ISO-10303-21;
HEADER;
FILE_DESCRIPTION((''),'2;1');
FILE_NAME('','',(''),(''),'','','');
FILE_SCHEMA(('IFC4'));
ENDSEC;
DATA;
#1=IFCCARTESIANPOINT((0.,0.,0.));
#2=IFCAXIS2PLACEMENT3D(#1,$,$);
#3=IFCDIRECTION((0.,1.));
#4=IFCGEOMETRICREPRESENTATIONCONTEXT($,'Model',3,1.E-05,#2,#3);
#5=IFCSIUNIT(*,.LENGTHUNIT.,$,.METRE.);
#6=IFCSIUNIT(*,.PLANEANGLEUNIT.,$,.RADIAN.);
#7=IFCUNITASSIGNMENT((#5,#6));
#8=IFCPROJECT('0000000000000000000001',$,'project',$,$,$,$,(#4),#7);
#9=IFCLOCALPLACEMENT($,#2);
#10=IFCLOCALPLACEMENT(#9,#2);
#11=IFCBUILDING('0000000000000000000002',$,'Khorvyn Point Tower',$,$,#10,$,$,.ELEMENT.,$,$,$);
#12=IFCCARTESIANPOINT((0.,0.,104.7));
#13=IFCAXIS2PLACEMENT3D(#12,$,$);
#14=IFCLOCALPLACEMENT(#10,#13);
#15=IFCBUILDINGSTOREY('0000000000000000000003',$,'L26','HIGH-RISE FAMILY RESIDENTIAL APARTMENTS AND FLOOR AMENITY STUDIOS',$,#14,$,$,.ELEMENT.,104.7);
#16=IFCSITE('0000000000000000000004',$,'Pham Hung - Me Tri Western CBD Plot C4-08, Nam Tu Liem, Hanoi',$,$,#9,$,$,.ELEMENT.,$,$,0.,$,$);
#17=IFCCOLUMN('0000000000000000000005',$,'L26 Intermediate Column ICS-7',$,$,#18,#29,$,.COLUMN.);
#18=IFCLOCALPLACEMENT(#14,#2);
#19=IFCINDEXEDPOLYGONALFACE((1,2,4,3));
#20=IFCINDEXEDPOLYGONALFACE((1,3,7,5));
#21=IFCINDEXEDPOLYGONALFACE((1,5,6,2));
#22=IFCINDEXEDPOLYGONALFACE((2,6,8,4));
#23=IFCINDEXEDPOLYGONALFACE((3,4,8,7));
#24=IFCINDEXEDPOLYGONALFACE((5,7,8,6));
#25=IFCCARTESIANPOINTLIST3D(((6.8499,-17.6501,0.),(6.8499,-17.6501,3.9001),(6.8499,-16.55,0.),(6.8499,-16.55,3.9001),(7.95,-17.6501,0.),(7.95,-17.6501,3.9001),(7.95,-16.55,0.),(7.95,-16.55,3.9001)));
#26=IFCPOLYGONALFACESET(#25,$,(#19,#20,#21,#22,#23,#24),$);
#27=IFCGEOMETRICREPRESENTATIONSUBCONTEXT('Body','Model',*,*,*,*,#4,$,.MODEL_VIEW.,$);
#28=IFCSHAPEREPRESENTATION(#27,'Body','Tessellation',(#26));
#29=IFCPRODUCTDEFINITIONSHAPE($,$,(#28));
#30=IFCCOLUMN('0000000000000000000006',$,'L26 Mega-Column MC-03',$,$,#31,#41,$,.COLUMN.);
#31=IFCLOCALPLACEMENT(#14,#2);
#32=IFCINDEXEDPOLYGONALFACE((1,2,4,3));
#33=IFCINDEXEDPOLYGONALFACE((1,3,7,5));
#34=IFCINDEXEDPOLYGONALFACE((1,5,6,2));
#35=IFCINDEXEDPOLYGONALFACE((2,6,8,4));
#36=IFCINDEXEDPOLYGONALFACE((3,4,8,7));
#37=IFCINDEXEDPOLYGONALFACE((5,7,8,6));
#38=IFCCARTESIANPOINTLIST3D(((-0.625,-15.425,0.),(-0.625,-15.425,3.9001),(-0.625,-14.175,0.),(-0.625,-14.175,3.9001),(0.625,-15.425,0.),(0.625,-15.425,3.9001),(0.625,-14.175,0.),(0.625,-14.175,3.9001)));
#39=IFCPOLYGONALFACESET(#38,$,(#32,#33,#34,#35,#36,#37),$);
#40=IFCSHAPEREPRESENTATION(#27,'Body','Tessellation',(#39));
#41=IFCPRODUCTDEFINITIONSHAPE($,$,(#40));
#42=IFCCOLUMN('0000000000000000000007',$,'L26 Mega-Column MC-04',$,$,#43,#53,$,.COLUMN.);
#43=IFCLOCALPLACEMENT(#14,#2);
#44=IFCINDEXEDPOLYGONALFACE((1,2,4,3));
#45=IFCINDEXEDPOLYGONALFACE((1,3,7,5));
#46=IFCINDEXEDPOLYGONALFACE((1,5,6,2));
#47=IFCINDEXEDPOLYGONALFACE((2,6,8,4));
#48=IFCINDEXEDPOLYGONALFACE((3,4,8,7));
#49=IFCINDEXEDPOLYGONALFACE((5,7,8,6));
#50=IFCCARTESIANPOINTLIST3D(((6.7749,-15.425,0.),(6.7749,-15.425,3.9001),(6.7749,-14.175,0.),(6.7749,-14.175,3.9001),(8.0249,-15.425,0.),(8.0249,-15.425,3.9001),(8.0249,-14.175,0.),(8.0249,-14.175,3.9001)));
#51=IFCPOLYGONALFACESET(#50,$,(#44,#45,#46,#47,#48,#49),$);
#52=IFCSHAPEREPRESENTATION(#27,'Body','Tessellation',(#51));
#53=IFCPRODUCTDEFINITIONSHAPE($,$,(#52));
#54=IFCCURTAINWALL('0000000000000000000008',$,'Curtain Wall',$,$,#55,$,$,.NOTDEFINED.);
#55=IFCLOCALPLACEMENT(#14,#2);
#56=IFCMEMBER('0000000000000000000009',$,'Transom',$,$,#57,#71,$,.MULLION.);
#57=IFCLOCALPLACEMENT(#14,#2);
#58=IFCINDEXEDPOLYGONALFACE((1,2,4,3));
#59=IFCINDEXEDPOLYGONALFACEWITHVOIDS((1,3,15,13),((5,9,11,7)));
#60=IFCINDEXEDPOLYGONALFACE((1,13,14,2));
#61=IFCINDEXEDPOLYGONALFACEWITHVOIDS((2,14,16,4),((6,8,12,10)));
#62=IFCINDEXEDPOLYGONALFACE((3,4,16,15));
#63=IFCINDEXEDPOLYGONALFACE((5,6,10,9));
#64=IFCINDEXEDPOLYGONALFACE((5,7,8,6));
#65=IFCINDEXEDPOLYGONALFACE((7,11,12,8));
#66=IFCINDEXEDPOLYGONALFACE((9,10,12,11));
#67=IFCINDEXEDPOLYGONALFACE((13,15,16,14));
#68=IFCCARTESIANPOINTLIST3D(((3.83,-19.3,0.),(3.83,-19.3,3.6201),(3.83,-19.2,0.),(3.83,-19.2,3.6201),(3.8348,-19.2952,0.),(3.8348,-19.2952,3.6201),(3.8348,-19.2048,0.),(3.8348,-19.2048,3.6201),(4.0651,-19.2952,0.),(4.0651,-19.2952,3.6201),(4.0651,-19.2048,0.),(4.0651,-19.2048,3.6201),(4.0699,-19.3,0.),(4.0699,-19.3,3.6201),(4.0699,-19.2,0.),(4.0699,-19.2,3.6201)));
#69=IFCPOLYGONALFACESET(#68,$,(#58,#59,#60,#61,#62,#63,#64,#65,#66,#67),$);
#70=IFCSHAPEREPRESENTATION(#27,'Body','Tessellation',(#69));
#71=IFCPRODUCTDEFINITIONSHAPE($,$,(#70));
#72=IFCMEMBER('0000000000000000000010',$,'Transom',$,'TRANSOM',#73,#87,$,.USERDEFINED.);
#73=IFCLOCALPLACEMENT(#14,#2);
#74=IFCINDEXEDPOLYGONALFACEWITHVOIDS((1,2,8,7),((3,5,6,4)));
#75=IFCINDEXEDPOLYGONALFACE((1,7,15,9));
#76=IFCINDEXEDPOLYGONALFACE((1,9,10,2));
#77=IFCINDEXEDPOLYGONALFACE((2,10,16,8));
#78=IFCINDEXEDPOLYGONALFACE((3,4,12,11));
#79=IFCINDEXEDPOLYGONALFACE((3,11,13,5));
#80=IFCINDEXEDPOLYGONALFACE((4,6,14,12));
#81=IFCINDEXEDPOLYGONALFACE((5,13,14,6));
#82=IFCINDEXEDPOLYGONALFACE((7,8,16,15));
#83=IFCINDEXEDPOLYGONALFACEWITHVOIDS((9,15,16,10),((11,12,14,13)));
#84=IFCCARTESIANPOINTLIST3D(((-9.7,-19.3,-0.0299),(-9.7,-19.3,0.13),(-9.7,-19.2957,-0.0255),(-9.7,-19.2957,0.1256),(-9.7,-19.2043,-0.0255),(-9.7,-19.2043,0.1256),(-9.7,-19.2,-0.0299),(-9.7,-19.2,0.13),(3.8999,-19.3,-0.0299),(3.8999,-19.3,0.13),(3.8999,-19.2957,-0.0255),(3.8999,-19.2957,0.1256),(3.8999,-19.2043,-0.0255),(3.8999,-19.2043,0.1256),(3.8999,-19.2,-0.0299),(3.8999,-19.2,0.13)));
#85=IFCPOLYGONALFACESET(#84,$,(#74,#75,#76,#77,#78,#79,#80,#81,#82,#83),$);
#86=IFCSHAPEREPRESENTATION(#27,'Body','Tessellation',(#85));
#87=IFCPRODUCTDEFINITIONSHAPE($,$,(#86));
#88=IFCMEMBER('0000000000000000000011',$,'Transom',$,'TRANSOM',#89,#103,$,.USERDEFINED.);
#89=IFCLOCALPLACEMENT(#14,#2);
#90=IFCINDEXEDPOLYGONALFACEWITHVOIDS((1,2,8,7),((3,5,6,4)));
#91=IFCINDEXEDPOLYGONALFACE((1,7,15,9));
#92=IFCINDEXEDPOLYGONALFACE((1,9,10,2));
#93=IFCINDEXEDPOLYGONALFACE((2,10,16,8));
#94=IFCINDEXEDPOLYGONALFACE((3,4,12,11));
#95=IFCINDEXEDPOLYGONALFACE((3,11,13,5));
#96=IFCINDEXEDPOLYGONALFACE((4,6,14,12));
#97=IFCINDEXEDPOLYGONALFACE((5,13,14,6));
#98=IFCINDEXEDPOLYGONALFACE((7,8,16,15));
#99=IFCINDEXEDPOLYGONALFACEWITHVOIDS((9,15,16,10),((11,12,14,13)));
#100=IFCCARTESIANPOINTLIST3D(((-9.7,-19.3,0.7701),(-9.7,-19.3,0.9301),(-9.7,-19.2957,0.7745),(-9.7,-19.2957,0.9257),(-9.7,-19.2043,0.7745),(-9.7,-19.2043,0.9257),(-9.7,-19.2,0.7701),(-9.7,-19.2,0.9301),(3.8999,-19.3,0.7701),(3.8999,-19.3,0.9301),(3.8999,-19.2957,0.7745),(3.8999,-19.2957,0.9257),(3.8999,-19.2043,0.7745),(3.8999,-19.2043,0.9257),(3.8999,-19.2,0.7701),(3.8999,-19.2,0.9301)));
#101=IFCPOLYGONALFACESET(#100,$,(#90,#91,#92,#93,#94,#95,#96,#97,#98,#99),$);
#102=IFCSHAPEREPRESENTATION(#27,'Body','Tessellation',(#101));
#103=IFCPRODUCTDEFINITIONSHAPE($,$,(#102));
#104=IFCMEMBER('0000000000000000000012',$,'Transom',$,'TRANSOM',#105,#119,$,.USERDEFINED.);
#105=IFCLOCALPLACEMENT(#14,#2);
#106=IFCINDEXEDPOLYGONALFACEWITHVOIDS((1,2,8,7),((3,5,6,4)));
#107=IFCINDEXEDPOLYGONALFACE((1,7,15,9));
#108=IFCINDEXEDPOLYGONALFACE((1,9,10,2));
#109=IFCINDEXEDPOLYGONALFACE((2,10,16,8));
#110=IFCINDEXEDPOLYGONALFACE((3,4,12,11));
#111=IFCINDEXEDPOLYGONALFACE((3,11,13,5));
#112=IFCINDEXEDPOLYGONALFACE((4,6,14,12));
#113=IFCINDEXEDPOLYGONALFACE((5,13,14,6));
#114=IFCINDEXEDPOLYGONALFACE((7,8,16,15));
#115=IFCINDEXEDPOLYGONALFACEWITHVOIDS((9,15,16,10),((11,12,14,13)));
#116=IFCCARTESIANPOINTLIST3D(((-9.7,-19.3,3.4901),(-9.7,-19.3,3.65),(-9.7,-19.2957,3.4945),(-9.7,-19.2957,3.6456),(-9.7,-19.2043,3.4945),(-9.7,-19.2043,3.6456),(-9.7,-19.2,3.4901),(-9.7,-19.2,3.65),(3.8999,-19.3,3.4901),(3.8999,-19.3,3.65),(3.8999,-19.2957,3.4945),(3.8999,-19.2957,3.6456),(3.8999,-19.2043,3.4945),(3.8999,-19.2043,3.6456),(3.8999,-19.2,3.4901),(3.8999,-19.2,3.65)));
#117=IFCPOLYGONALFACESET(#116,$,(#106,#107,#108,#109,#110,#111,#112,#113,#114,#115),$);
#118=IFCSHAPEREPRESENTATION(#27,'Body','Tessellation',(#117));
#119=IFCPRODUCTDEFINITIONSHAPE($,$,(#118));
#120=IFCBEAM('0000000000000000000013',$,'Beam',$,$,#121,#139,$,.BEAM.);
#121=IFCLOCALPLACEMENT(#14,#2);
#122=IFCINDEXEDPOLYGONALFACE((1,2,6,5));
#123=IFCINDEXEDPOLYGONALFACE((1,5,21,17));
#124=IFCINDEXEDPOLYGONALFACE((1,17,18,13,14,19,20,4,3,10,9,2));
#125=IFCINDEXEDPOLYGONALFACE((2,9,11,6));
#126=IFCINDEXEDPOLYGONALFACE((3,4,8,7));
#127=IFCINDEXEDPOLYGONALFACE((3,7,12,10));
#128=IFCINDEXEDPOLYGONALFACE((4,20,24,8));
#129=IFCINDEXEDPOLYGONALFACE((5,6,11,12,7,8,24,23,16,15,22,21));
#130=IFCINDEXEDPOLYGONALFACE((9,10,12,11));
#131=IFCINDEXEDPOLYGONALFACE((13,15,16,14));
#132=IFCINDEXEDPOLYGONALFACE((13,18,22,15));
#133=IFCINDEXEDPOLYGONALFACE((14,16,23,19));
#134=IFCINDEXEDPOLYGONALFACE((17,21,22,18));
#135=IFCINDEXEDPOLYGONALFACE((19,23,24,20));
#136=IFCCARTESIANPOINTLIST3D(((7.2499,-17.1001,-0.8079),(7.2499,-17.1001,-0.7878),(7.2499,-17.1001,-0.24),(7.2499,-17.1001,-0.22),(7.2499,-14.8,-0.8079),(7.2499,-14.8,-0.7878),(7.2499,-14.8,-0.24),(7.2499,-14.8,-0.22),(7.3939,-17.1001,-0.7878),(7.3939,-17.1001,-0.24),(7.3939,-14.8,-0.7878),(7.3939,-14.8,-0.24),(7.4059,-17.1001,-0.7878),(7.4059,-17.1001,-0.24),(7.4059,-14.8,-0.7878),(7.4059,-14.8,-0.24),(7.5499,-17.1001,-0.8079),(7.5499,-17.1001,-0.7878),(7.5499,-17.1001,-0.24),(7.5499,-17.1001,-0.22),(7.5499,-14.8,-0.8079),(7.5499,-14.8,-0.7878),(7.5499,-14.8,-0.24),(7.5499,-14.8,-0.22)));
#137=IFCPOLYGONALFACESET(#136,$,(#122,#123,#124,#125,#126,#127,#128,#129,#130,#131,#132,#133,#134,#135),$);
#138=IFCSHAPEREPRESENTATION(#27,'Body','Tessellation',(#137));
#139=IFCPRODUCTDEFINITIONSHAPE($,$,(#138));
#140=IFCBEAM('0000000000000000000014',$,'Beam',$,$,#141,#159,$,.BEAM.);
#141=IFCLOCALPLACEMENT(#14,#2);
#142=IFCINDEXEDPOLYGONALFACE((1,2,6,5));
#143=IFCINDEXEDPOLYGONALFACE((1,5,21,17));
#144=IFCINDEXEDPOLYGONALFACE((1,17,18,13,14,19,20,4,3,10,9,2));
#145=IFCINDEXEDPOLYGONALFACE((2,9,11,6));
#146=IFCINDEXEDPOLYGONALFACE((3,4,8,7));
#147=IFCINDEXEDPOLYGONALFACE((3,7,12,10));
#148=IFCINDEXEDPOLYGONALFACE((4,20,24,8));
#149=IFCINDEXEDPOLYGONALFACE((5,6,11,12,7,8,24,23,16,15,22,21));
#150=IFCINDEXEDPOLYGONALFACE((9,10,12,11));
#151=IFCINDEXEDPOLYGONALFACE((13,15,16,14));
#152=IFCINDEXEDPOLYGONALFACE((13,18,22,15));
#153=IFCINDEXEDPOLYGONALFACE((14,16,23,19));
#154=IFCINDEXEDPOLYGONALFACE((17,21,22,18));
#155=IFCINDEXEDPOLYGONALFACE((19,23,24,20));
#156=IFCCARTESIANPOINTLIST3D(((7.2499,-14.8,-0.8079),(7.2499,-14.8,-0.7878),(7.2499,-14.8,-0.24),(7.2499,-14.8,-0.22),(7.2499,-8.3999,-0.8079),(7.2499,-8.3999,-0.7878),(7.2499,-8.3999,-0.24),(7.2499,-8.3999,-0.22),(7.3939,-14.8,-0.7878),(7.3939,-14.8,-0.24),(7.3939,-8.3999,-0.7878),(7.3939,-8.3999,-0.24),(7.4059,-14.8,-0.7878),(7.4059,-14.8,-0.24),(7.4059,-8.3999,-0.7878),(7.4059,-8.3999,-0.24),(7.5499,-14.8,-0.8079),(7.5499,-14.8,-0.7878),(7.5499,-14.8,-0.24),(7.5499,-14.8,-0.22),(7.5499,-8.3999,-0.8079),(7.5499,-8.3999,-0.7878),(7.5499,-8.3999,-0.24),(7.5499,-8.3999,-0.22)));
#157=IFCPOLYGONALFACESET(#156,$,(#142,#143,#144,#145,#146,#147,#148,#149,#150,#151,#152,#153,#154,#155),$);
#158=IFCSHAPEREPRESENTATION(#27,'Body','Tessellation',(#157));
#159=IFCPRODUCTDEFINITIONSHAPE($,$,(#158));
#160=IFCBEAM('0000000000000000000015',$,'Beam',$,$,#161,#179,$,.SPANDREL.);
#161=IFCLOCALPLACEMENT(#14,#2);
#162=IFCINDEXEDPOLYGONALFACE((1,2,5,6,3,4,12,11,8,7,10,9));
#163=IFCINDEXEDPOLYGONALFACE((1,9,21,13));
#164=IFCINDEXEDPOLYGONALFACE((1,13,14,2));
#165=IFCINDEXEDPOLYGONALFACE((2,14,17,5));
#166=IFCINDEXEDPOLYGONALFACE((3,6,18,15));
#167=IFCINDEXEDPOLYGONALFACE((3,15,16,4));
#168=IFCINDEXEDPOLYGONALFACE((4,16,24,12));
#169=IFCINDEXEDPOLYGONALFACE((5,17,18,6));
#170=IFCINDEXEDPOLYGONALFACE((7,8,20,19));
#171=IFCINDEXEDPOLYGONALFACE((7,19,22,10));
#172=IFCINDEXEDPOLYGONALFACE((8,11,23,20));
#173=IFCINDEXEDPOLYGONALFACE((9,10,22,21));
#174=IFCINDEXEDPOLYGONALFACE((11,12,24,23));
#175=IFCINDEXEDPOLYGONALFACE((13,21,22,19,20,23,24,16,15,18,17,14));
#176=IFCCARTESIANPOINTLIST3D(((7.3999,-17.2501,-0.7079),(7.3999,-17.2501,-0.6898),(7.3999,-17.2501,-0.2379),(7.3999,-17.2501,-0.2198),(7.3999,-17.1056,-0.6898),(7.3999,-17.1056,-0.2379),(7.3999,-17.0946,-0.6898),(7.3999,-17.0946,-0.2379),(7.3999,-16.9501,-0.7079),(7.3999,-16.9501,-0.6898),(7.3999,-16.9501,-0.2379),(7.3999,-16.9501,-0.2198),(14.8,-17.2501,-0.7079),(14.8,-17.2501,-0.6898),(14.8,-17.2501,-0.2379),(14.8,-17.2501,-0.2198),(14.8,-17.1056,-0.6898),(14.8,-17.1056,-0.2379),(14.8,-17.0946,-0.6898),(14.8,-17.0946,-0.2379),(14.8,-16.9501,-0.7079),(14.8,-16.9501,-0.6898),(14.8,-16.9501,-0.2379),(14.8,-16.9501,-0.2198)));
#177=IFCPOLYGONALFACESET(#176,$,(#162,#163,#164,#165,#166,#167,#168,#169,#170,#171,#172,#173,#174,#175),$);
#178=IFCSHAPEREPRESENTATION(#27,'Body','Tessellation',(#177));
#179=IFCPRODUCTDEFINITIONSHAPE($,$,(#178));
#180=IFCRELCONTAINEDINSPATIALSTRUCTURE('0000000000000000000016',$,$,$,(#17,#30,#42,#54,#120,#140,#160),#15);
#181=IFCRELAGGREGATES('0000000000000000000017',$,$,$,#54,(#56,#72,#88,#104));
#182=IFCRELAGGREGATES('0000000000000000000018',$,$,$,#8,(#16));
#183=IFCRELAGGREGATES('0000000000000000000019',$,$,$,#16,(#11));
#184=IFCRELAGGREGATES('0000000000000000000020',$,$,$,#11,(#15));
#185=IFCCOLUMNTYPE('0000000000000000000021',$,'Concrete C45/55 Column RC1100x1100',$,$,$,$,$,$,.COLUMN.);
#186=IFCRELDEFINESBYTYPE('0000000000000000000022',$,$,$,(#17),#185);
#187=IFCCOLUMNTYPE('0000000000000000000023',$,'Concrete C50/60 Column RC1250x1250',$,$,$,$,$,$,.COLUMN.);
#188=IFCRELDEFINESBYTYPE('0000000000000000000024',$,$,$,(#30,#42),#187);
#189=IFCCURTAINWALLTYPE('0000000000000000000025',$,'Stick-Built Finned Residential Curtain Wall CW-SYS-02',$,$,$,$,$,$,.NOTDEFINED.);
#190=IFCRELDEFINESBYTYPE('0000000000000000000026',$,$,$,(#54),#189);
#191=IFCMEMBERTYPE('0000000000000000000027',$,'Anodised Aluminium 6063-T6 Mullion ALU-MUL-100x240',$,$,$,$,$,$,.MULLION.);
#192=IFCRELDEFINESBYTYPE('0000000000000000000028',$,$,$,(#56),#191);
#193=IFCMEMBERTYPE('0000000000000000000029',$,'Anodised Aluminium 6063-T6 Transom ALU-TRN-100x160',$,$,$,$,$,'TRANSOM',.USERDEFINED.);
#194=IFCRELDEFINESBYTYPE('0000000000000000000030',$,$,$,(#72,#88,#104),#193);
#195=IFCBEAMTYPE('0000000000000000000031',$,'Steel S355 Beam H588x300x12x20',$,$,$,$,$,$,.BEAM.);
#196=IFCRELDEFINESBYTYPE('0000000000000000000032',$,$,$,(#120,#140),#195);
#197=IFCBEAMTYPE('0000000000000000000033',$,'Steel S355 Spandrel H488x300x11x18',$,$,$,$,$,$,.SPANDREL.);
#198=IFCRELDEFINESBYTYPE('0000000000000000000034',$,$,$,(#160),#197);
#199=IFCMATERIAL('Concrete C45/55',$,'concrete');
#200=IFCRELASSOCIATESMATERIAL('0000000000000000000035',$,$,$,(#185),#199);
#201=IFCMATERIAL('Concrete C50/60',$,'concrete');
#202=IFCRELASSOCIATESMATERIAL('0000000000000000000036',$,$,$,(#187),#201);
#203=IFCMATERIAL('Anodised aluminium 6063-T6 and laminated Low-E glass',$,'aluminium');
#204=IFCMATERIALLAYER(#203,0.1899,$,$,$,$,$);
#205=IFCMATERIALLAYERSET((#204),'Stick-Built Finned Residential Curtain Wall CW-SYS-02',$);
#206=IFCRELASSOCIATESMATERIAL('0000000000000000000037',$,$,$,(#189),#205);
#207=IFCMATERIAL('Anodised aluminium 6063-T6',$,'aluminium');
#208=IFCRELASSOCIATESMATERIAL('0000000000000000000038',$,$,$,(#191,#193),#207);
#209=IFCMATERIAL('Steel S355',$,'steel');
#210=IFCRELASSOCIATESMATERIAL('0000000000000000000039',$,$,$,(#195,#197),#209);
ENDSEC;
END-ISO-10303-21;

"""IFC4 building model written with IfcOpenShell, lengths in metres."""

from ifc_helpers import new_model, si_unit, direction, frame, origin, origin_2d, place, context, subcontext, project, spatial, rectangle, hollow_rectangle, i_section, extrude, material, layer, layer_set, material_profile, profile_set, type_object, element, aggregate, save


model = new_model("IFC4")

# Units and contexts
model_context = context("Model", 3, precision=1e-05, world=origin(), true_north=direction((0.0, 1.0)))
body_context = subcontext(model_context, "Body", "Model", "MODEL_VIEW")
ifc_project = project(units=[si_unit("LENGTHUNIT", "METRE"), si_unit("PLANEANGLEUNIT", "RADIAN")], contexts=[model_context])

# Site, building, storey
site_placement = place(None, origin())
site = spatial("IfcSite", under=ifc_project, at=site_placement, Name="Pham Hung - Me Tri Western CBD Plot C4-08, Nam Tu Liem, Hanoi", CompositionType="ELEMENT", RefElevation=0.0)
building_placement = place(site_placement, origin())
building = spatial("IfcBuilding", under=site, at=building_placement, Name="Khorvyn Point Tower", CompositionType="ELEMENT")
storey_placement = place(building_placement, frame((0.0, 0.0, 104.7)))
storey = spatial("IfcBuildingStorey", under=building, at=storey_placement, Name="L26", Description="HIGH-RISE FAMILY RESIDENTIAL APARTMENTS AND FLOOR AMENITY STUDIOS", CompositionType="ELEMENT", Elevation=104.7)

# Columns
ifc_material_1 = material(Name="Concrete C45/55", Category="concrete")
ifc_material_profile_1 = material_profile(ifc_material_1, rectangle(XDim=1.1001, YDim=1.1001, at=origin_2d()))
ifc_profile_set_1 = profile_set([ifc_material_profile_1], Name="Concrete C45/55 RC1100x1100")
column_type_1 = type_object("IfcColumnType", Name="Concrete C45/55 Column RC1100x1100", PredefinedType="COLUMN", material=ifc_profile_set_1)
column_placement = place(storey_placement, frame((7.3999, -17.1001, 0.0), z_axis=(0.0, 0.0, 1.0), x_axis=(1.0, 0.0, 0.0)))
element("IfcColumn", 1, at=column_placement, inside=storey, type_object=column_type_1, Name="L26 Intermediate Column ICS-7", PredefinedType="COLUMN", context=body_context, shape_type="SweptSolid", body=[
    extrude(rectangle(XDim=1.1001, YDim=1.1001, at=origin_2d()), origin(), (0.0, 0.0, 1.0), 3.9001),
])
ifc_material_2 = material(Name="Concrete C50/60", Category="concrete")
ifc_material_profile_2 = material_profile(ifc_material_2, rectangle(XDim=1.25, YDim=1.25, at=origin_2d()))
ifc_profile_set_2 = profile_set([ifc_material_profile_2], Name="Concrete C50/60 RC1250x1250")
column_type_2 = type_object("IfcColumnType", Name="Concrete C50/60 Column RC1250x1250", PredefinedType="COLUMN", material=ifc_profile_set_2)
for number, where, z_axis, x_axis, name in (
    (2, (0.0, -14.8, 0.0), (0.0, 0.0, 1.0), (1.0, 0.0, 0.0), "L26 Mega-Column MC-03"),
    (3, (7.3999, -14.8, 0.0), (0.0, 0.0, 1.0), (1.0, 0.0, 0.0), "L26 Mega-Column MC-04"),
):
    element("IfcColumn", number, at=place(storey_placement, frame(where, z_axis=z_axis, x_axis=x_axis)), inside=storey, type_object=column_type_2, Name=name, PredefinedType="COLUMN", context=body_context, shape_type="SweptSolid", body=[
        extrude(rectangle(XDim=1.25, YDim=1.25, at=origin_2d()), origin(), (0.0, 0.0, 1.0), 3.9001),
    ])

# Curtain wall, members
ifc_material_3 = material(Name="Anodised aluminium 6063-T6 and laminated Low-E glass", Category="aluminium")
ifc_layer_1 = layer(ifc_material_3, 0.1899)
ifc_layer_set_1 = layer_set([ifc_layer_1], Name="Stick-Built Finned Residential Curtain Wall CW-SYS-02")
curtain_wall_type = type_object("IfcCurtainWallType", Name="Stick-Built Finned Residential Curtain Wall CW-SYS-02", PredefinedType="NOTDEFINED", material=ifc_layer_set_1)
curtain_wall_placement = place(storey_placement, origin())
curtain_wall = element("IfcCurtainWall", 4, at=curtain_wall_placement, inside=storey, type_object=curtain_wall_type, Name="Curtain Wall", PredefinedType="NOTDEFINED")
ifc_material_4 = material(Name="Anodised aluminium 6063-T6", Category="aluminium")
ifc_material_profile_3 = material_profile(ifc_material_4, hollow_rectangle(XDim=0.1001, YDim=0.24, WallThickness=0.0049, at=origin_2d()))
ifc_profile_set_3 = profile_set([ifc_material_profile_3], Name="Anodised aluminium 6063-T6 ALU-MUL-100x240")
member_type_1 = type_object("IfcMemberType", Name="Anodised Aluminium 6063-T6 Mullion ALU-MUL-100x240", PredefinedType="MULLION", material=ifc_profile_set_3)
member_1_placement = place(storey_placement, frame((3.95, -19.25, 0.0), z_axis=(0.0, 0.0, 1.0), x_axis=(0.0, -1.0, 0.0)))
member_1 = element("IfcMember", 5, at=member_1_placement, type_object=member_type_1, Name="Transom", PredefinedType="MULLION", context=body_context, shape_type="SweptSolid", body=[
    extrude(hollow_rectangle(XDim=0.1001, YDim=0.24, WallThickness=0.0049, at=origin_2d()), origin(), (0.0, 0.0, 1.0), 3.6201),
])
ifc_material_profile_4 = material_profile(ifc_material_4, hollow_rectangle(XDim=0.1001, YDim=0.1599, WallThickness=0.0044, at=origin_2d()))
ifc_profile_set_4 = profile_set([ifc_material_profile_4], Name="Anodised aluminium 6063-T6 ALU-TRN-100x160")
member_type_2 = type_object("IfcMemberType", Name="Anodised Aluminium 6063-T6 Transom ALU-TRN-100x160", ElementType="TRANSOM", PredefinedType="USERDEFINED", material=ifc_profile_set_4)
member_2_placement = place(storey_placement, frame((3.8999, -19.25, 0.05), z_axis=(-1.0, 0.0, 0.0), x_axis=(0.0, -1.0, 0.0)))
member_2 = element("IfcMember", 6, at=member_2_placement, type_object=member_type_2, Name="Transom", ObjectType="TRANSOM", PredefinedType="USERDEFINED", context=body_context, shape_type="SweptSolid", body=[
    extrude(hollow_rectangle(XDim=0.1001, YDim=0.1599, WallThickness=0.0044, at=origin_2d()), origin(), (0.0, 0.0, 1.0), 13.5999),
])
member_3_placement = place(storey_placement, frame((3.8999, -19.25, 0.8501), z_axis=(-1.0, 0.0, 0.0), x_axis=(0.0, -1.0, 0.0)))
member_3 = element("IfcMember", 7, at=member_3_placement, type_object=member_type_2, Name="Transom", ObjectType="TRANSOM", PredefinedType="USERDEFINED", context=body_context, shape_type="SweptSolid", body=[
    extrude(hollow_rectangle(XDim=0.1001, YDim=0.1599, WallThickness=0.0044, at=origin_2d()), origin(), (0.0, 0.0, 1.0), 13.5999),
])
member_4_placement = place(storey_placement, frame((3.8999, -19.25, 3.5701), z_axis=(-1.0, 0.0, 0.0), x_axis=(0.0, -1.0, 0.0)))
member_4 = element("IfcMember", 8, at=member_4_placement, type_object=member_type_2, Name="Transom", ObjectType="TRANSOM", PredefinedType="USERDEFINED", context=body_context, shape_type="SweptSolid", body=[
    extrude(hollow_rectangle(XDim=0.1001, YDim=0.1599, WallThickness=0.0044, at=origin_2d()), origin(), (0.0, 0.0, 1.0), 13.5999),
])

# Beams
ifc_material_5 = material(Name="Steel S355", Category="steel")
ifc_material_profile_5 = material_profile(ifc_material_5, i_section(OverallWidth=0.3, OverallDepth=0.5879, WebThickness=0.012, FlangeThickness=0.02, at=origin_2d()))
ifc_profile_set_5 = profile_set([ifc_material_profile_5], Name="Steel S355 H588x300x12x20")
beam_type_1 = type_object("IfcBeamType", Name="Steel S355 Beam H588x300x12x20", PredefinedType="BEAM", material=ifc_profile_set_5)
beam_1_placement = place(storey_placement, frame((7.3999, -17.1001, -0.5139), z_axis=(0.0, 1.0, 0.0), x_axis=(-1.0, 0.0, 0.0)))
element("IfcBeam", 9, at=beam_1_placement, inside=storey, type_object=beam_type_1, Name="Beam", PredefinedType="BEAM", context=body_context, shape_type="SweptSolid", body=[
    extrude(i_section(OverallWidth=0.3, OverallDepth=0.5879, WebThickness=0.012, FlangeThickness=0.02, at=origin_2d()), origin(), (0.0, 0.0, 1.0), 2.3),
])
beam_2_placement = place(storey_placement, frame((7.3999, -14.8, -0.5139), z_axis=(0.0, 1.0, 0.0), x_axis=(-1.0, 0.0, 0.0)))
element("IfcBeam", 10, at=beam_2_placement, inside=storey, type_object=beam_type_1, Name="Beam", PredefinedType="BEAM", context=body_context, shape_type="SweptSolid", body=[
    extrude(i_section(OverallWidth=0.3, OverallDepth=0.5879, WebThickness=0.012, FlangeThickness=0.02, at=origin_2d()), origin(), (0.0, 0.0, 1.0), 6.4001),
])
ifc_material_profile_6 = material_profile(ifc_material_5, i_section(OverallWidth=0.3, OverallDepth=0.488, WebThickness=0.011, FlangeThickness=0.0181, at=origin_2d()))
ifc_profile_set_6 = profile_set([ifc_material_profile_6], Name="Steel S355 H488x300x11x18")
beam_type_2 = type_object("IfcBeamType", Name="Steel S355 Spandrel H488x300x11x18", PredefinedType="SPANDREL", material=ifc_profile_set_6)
beam_3_placement = place(storey_placement, frame((7.3999, -17.1001, -0.4639), z_axis=(1.0, 0.0, 0.0), x_axis=(0.0, 1.0, 0.0)))
element("IfcBeam", 11, at=beam_3_placement, inside=storey, type_object=beam_type_2, Name="Beam", PredefinedType="SPANDREL", context=body_context, shape_type="SweptSolid", body=[
    extrude(i_section(OverallWidth=0.3, OverallDepth=0.488, WebThickness=0.011, FlangeThickness=0.0181, at=origin_2d()), origin(), (0.0, 0.0, 1.0), 7.4001),
])

aggregate(curtain_wall, [member_1, member_2, member_3, member_4])

save(model, "model.ifc")
